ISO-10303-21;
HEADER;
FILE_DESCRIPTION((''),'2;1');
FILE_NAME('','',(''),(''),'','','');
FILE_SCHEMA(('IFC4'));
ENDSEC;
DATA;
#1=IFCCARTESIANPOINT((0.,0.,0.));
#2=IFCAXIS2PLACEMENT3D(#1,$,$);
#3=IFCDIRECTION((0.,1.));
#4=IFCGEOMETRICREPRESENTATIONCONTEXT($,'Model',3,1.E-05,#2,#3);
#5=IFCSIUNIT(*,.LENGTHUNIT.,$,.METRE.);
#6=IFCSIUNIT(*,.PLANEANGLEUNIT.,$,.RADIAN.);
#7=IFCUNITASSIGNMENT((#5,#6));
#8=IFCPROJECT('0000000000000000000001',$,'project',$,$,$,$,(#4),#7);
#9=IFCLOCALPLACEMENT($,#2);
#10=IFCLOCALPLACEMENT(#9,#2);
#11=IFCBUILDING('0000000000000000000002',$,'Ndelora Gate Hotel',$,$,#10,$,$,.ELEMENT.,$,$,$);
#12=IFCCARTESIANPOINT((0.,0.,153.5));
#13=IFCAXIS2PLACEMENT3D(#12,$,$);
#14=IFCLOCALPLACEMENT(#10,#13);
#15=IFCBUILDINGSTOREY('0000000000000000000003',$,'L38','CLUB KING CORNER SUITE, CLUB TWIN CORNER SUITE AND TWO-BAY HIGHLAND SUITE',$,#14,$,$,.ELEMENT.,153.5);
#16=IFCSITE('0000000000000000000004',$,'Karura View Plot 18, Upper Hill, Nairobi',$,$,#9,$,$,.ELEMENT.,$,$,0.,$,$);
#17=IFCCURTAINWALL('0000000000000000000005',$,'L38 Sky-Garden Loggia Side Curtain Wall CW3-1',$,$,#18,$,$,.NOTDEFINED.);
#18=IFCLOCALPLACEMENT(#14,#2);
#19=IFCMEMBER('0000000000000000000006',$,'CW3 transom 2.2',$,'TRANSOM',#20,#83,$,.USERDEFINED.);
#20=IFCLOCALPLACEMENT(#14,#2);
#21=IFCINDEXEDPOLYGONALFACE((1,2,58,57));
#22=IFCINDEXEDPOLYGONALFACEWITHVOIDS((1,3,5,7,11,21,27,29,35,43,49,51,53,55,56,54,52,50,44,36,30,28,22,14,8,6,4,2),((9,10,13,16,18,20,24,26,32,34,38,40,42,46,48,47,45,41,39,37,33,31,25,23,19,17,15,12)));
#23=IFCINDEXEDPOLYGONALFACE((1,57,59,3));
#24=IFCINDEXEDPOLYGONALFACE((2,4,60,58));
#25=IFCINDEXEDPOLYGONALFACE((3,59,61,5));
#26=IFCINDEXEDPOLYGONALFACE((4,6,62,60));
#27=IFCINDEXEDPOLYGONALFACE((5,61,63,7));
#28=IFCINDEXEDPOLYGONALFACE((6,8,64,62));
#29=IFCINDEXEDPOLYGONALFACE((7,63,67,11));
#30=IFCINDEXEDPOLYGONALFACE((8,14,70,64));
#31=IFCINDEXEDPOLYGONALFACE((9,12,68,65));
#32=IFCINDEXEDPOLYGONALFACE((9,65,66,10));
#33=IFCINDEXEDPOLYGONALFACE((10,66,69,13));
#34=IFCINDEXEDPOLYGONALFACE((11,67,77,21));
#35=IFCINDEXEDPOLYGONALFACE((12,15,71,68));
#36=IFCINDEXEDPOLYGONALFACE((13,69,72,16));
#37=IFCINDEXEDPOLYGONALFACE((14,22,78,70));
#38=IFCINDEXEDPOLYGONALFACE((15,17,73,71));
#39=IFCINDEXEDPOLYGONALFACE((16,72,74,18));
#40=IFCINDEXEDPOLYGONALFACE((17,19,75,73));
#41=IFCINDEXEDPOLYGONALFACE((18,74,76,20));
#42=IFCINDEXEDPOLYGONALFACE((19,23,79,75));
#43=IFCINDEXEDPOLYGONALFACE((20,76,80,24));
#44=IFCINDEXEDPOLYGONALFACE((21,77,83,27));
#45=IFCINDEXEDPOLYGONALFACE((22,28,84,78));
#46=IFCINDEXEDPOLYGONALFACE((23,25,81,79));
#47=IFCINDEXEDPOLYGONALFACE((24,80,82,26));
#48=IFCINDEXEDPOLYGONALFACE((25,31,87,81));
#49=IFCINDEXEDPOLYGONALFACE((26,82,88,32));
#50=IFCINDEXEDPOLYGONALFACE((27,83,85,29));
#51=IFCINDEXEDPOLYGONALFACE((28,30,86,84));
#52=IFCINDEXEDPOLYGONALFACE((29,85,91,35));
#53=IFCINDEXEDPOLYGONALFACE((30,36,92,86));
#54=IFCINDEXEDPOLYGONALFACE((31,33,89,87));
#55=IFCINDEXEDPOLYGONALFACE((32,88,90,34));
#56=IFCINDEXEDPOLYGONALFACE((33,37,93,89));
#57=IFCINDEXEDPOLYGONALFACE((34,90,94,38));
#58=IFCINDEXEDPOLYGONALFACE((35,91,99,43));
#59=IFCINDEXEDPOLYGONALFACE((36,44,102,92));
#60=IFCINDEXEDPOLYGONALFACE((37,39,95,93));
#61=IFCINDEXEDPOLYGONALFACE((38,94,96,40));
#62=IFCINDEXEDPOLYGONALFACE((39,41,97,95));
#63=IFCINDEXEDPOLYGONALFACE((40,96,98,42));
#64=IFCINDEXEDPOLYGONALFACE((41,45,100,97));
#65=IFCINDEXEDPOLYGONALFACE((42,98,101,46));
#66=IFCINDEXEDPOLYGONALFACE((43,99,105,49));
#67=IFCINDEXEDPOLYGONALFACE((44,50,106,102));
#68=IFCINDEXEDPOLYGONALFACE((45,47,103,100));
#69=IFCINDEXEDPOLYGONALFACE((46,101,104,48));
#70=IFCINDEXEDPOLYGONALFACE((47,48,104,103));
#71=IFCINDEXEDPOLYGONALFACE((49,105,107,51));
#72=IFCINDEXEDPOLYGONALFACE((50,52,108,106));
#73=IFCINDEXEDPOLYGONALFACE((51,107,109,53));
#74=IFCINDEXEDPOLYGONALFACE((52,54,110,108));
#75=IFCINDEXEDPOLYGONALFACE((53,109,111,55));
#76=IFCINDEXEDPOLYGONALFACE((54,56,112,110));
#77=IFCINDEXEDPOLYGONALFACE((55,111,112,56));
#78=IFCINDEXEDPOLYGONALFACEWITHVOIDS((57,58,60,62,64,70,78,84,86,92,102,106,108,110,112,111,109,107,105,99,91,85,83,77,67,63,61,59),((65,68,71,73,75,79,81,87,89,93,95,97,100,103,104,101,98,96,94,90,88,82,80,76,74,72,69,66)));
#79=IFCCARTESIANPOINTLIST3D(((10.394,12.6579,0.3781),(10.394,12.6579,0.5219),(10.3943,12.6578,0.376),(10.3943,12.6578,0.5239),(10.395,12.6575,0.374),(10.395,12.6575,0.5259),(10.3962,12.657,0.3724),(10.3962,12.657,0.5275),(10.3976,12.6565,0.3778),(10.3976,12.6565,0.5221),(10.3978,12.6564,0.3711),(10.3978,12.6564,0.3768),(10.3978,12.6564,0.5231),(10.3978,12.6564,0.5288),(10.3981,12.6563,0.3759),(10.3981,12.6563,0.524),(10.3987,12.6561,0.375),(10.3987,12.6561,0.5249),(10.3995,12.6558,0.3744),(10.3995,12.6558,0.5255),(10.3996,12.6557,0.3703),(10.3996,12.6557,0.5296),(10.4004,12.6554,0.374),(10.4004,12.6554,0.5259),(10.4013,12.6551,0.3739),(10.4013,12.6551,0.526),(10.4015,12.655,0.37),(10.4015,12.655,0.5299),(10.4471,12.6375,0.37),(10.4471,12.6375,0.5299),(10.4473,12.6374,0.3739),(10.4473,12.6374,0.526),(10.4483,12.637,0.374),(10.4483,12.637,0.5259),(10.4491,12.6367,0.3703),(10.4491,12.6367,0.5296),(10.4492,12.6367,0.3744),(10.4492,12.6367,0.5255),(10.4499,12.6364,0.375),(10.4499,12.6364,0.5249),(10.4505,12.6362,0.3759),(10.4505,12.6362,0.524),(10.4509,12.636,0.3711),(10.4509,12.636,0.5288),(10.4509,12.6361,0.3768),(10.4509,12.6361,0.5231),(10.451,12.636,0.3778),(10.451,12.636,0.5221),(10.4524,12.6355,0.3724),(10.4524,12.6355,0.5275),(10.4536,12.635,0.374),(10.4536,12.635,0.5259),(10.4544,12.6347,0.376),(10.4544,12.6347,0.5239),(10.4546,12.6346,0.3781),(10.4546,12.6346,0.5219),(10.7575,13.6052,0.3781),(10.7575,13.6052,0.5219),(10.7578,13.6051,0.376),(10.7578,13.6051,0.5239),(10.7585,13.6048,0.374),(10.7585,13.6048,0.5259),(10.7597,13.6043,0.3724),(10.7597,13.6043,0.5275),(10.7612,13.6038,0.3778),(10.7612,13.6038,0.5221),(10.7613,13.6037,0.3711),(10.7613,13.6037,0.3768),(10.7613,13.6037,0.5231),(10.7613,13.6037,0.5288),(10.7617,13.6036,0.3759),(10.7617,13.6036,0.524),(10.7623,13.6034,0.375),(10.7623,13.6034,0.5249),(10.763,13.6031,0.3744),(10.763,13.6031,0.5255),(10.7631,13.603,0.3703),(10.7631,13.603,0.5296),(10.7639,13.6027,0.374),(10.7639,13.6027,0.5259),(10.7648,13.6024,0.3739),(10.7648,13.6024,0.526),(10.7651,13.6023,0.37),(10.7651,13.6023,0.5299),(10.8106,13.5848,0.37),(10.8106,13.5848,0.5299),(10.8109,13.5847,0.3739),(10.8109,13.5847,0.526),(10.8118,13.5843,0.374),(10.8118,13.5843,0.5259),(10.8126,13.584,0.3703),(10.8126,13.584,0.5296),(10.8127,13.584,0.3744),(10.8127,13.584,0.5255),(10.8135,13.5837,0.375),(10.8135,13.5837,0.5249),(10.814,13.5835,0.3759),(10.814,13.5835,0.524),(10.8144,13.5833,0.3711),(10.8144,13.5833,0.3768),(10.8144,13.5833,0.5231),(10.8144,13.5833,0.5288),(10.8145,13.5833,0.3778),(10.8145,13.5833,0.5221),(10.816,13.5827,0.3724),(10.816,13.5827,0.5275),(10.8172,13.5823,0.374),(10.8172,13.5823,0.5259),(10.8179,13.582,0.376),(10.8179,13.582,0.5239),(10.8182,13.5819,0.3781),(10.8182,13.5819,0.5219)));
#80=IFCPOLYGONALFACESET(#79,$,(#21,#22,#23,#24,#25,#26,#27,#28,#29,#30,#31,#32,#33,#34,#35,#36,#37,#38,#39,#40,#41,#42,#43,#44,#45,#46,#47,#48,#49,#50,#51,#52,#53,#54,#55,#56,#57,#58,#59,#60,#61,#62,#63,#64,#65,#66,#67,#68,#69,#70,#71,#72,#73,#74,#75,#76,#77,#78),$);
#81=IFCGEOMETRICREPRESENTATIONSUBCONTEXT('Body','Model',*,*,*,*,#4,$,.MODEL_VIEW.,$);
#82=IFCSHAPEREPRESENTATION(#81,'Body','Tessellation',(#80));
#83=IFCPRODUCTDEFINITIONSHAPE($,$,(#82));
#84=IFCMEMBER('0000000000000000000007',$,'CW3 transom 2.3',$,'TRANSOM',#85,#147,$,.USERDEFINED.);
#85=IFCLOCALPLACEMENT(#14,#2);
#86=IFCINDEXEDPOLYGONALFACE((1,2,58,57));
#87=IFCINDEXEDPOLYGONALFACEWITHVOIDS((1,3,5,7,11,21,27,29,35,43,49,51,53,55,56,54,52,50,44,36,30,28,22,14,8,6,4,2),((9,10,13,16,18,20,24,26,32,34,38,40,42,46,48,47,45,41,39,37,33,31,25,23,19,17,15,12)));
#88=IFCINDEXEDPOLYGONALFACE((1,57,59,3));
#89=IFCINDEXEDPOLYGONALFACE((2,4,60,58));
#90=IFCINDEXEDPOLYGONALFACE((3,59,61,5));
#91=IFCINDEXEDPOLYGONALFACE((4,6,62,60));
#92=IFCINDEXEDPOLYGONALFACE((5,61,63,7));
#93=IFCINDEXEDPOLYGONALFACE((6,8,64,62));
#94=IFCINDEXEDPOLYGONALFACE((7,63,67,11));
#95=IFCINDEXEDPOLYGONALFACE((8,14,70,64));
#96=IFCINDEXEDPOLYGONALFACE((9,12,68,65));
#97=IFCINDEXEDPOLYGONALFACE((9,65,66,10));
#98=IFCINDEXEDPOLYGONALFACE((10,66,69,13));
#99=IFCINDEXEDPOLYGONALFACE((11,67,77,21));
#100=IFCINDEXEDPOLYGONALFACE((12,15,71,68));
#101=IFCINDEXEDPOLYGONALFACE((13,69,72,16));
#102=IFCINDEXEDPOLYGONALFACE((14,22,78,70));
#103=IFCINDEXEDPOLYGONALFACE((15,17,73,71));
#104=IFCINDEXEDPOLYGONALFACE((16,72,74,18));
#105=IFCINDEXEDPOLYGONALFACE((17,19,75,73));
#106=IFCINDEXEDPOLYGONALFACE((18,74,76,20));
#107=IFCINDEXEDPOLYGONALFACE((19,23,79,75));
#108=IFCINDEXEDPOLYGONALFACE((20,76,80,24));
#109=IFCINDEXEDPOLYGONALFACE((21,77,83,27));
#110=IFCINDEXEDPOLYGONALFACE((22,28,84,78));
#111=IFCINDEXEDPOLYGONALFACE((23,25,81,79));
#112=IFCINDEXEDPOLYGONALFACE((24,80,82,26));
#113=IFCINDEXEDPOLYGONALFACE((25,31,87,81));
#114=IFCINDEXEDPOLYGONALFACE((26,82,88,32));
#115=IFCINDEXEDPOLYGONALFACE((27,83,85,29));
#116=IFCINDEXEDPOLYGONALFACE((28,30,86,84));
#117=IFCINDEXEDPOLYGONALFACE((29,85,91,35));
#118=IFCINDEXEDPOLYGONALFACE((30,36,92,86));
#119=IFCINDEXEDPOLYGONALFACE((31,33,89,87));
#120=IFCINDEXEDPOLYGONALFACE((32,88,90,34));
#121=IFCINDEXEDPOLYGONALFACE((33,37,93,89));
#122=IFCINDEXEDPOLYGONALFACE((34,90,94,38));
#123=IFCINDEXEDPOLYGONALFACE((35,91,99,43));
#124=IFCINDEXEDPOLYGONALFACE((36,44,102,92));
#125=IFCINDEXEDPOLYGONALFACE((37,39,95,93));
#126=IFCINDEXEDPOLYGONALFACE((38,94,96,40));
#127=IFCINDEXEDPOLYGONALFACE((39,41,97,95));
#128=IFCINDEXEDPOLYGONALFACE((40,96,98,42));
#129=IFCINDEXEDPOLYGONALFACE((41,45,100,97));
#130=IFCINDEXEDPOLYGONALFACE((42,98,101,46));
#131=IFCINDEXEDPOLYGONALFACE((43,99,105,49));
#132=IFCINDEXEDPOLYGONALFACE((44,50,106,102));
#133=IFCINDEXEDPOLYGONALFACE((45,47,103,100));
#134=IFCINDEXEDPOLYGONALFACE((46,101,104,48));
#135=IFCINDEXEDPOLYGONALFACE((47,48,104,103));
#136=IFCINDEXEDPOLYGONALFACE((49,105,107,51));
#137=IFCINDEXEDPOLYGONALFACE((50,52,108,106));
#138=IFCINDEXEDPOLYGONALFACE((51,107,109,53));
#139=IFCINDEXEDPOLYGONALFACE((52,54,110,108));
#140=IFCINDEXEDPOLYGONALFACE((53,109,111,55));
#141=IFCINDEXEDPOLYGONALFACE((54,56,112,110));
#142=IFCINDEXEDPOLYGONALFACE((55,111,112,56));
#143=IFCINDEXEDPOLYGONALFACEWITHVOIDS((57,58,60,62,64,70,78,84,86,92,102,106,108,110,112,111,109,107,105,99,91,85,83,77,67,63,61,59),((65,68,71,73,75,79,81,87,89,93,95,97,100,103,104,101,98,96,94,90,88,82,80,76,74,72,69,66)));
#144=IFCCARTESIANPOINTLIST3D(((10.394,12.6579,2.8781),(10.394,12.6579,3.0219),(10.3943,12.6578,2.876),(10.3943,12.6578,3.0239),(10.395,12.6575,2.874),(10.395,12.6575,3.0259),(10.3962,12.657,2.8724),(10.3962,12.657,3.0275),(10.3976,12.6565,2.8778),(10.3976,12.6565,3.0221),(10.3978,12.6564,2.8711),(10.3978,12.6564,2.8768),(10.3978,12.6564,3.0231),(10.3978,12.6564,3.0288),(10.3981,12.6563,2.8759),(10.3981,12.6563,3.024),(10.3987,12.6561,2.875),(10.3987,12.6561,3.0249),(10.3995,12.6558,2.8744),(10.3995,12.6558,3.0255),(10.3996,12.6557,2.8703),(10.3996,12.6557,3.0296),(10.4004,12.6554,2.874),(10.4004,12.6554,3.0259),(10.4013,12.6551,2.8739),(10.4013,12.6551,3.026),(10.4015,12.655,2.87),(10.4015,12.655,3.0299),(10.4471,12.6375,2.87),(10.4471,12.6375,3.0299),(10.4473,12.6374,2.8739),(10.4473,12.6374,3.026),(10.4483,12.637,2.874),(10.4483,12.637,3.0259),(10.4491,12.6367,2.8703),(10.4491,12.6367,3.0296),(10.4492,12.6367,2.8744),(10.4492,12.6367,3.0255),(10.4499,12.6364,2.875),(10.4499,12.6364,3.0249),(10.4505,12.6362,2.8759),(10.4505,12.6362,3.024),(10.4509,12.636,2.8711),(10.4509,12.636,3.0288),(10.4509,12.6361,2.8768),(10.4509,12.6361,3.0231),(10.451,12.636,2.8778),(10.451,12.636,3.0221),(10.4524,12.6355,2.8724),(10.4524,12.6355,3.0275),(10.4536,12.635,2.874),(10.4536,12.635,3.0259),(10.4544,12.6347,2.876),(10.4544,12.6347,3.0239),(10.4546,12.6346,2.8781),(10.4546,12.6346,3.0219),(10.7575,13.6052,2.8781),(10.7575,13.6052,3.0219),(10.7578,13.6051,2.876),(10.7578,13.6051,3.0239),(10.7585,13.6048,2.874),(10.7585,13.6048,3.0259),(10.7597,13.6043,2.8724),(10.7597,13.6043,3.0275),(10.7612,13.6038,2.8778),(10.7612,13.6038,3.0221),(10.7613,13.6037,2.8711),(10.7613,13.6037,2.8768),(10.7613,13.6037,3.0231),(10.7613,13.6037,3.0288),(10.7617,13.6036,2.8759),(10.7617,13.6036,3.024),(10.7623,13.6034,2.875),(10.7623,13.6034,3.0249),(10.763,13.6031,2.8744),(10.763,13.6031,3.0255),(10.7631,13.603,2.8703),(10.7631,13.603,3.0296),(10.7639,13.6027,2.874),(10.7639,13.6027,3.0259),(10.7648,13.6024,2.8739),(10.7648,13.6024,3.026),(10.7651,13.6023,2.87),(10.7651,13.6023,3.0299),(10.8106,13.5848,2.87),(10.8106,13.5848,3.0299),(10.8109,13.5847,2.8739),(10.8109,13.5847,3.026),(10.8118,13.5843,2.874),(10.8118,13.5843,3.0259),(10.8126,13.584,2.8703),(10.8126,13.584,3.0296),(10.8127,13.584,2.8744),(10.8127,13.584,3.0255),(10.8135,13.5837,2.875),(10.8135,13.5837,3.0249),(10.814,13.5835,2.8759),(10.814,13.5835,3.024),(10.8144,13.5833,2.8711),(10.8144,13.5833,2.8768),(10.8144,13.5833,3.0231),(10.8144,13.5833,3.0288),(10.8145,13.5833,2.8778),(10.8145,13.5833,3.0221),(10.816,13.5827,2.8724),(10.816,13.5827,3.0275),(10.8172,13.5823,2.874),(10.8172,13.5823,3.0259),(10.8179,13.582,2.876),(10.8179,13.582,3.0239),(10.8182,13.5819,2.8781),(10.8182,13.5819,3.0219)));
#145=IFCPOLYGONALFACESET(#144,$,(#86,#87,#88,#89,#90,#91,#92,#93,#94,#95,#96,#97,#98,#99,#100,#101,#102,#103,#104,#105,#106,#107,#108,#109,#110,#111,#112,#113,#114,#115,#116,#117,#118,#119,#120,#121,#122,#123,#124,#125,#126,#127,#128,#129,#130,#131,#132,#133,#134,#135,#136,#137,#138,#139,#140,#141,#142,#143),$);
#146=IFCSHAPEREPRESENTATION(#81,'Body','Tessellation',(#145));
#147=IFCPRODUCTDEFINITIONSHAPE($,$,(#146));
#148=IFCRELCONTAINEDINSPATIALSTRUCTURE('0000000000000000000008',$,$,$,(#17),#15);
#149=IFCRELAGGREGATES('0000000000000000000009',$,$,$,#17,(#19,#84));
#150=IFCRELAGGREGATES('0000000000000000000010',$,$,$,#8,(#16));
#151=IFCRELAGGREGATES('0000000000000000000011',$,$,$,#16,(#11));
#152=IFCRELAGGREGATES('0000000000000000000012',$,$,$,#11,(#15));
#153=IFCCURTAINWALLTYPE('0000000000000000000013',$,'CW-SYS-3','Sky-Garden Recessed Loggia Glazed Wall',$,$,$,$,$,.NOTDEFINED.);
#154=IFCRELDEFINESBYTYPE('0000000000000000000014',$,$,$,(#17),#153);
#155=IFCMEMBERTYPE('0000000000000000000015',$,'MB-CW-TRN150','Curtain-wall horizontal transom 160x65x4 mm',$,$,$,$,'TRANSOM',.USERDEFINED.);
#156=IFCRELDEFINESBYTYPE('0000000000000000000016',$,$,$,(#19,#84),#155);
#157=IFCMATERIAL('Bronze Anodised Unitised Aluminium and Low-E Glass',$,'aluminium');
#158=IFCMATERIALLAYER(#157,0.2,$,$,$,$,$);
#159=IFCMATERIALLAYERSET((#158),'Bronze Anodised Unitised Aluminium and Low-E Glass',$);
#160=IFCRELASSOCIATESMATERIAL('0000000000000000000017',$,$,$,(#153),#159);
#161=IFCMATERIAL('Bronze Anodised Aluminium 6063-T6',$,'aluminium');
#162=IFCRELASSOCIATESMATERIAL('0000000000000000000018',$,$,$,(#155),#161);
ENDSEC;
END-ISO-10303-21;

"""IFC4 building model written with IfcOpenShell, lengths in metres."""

from ifc_helpers import new_model, si_unit, direction, frame, origin, origin_2d, place, context, subcontext, project, spatial, hollow_rectangle, extrude, material, layer, layer_set, material_profile, profile_set, type_object, element, aggregate, save


model = new_model("IFC4")

# Units and contexts
model_context = context("Model", 3, precision=1e-05, world=origin(), true_north=direction((0.0, 1.0)))
body_context = subcontext(model_context, "Body", "Model", "MODEL_VIEW")
ifc_project = project(units=[si_unit("LENGTHUNIT", "METRE"), si_unit("PLANEANGLEUNIT", "RADIAN")], contexts=[model_context])

# Site, building, storey
site_placement = place(None, origin())
site = spatial("IfcSite", under=ifc_project, at=site_placement, Name="Karura View Plot 18, Upper Hill, Nairobi", CompositionType="ELEMENT", RefElevation=0.0)
building_placement = place(site_placement, origin())
building = spatial("IfcBuilding", under=site, at=building_placement, Name="Ndelora Gate Hotel", CompositionType="ELEMENT")
storey_placement = place(building_placement, frame((0.0, 0.0, 153.5)))
storey = spatial("IfcBuildingStorey", under=building, at=storey_placement, Name="L38", Description="CLUB KING CORNER SUITE, CLUB TWIN CORNER SUITE AND TWO-BAY HIGHLAND SUITE", CompositionType="ELEMENT", Elevation=153.5)

# Curtain wall, members
ifc_material_1 = material(Name="Bronze Anodised Unitised Aluminium and Low-E Glass", Category="aluminium")
ifc_layer_1 = layer(ifc_material_1, 0.2)
ifc_layer_set_1 = layer_set([ifc_layer_1], Name="Bronze Anodised Unitised Aluminium and Low-E Glass")
curtain_wall_type = type_object("IfcCurtainWallType", Name="CW-SYS-3", Description="Sky-Garden Recessed Loggia Glazed Wall", PredefinedType="NOTDEFINED", material=ifc_layer_set_1)
curtain_wall_placement = place(storey_placement, origin())
curtain_wall = element("IfcCurtainWall", 1, at=curtain_wall_placement, inside=storey, type_object=curtain_wall_type, Name="L38 Sky-Garden Loggia Side Curtain Wall CW3-1", PredefinedType="NOTDEFINED")
ifc_material_2 = material(Name="Bronze Anodised Aluminium 6063-T6", Category="aluminium")
ifc_material_profile_1 = material_profile(ifc_material_2, hollow_rectangle(XDim=0.0649, YDim=0.1599, WallThickness=0.0039, InnerFilletRadius=0.0039, OuterFilletRadius=0.0081, at=origin_2d()), Name="ALU 160x65x4")
ifc_profile_set_1 = profile_set([ifc_material_profile_1], Name="Bronze Anodised Aluminium 6063-T6")
member_type_1 = type_object("IfcMemberType", Name="MB-CW-TRN150", Description="Curtain-wall horizontal transom 160x65x4 mm", ElementType="TRANSOM", PredefinedType="USERDEFINED", material=ifc_profile_set_1)
member_1_placement = place(storey_placement, frame((10.4243, 12.6462, 0.45), z_axis=(0.358286, 0.933612, 0.0), x_axis=(-0.933612, 0.358286, 0.0)))
member_1 = element("IfcMember", 2, at=member_1_placement, type_object=member_type_1, Name="CW3 transom 2.2", ObjectType="TRANSOM", PredefinedType="USERDEFINED", context=body_context, shape_type="SweptSolid", body=[
    extrude(hollow_rectangle(XDim=0.0649, YDim=0.1599, WallThickness=0.0039, InnerFilletRadius=0.0039, OuterFilletRadius=0.0081, at=origin_2d()), origin(), (0.0, 0.0, 1.0), 1.0146),
])
member_2_placement = place(storey_placement, frame((10.4243, 12.6462, 2.95), z_axis=(0.358286, 0.933612, 0.0), x_axis=(-0.933612, 0.358286, 0.0)))
member_2 = element("IfcMember", 3, at=member_2_placement, type_object=member_type_1, Name="CW3 transom 2.3", ObjectType="TRANSOM", PredefinedType="USERDEFINED", context=body_context, shape_type="SweptSolid", body=[
    extrude(hollow_rectangle(XDim=0.0649, YDim=0.1599, WallThickness=0.0039, InnerFilletRadius=0.0039, OuterFilletRadius=0.0081, at=origin_2d()), origin(), (0.0, 0.0, 1.0), 1.0146),
])
aggregate(curtain_wall, [member_1, member_2])

save(model, "model.ifc")
